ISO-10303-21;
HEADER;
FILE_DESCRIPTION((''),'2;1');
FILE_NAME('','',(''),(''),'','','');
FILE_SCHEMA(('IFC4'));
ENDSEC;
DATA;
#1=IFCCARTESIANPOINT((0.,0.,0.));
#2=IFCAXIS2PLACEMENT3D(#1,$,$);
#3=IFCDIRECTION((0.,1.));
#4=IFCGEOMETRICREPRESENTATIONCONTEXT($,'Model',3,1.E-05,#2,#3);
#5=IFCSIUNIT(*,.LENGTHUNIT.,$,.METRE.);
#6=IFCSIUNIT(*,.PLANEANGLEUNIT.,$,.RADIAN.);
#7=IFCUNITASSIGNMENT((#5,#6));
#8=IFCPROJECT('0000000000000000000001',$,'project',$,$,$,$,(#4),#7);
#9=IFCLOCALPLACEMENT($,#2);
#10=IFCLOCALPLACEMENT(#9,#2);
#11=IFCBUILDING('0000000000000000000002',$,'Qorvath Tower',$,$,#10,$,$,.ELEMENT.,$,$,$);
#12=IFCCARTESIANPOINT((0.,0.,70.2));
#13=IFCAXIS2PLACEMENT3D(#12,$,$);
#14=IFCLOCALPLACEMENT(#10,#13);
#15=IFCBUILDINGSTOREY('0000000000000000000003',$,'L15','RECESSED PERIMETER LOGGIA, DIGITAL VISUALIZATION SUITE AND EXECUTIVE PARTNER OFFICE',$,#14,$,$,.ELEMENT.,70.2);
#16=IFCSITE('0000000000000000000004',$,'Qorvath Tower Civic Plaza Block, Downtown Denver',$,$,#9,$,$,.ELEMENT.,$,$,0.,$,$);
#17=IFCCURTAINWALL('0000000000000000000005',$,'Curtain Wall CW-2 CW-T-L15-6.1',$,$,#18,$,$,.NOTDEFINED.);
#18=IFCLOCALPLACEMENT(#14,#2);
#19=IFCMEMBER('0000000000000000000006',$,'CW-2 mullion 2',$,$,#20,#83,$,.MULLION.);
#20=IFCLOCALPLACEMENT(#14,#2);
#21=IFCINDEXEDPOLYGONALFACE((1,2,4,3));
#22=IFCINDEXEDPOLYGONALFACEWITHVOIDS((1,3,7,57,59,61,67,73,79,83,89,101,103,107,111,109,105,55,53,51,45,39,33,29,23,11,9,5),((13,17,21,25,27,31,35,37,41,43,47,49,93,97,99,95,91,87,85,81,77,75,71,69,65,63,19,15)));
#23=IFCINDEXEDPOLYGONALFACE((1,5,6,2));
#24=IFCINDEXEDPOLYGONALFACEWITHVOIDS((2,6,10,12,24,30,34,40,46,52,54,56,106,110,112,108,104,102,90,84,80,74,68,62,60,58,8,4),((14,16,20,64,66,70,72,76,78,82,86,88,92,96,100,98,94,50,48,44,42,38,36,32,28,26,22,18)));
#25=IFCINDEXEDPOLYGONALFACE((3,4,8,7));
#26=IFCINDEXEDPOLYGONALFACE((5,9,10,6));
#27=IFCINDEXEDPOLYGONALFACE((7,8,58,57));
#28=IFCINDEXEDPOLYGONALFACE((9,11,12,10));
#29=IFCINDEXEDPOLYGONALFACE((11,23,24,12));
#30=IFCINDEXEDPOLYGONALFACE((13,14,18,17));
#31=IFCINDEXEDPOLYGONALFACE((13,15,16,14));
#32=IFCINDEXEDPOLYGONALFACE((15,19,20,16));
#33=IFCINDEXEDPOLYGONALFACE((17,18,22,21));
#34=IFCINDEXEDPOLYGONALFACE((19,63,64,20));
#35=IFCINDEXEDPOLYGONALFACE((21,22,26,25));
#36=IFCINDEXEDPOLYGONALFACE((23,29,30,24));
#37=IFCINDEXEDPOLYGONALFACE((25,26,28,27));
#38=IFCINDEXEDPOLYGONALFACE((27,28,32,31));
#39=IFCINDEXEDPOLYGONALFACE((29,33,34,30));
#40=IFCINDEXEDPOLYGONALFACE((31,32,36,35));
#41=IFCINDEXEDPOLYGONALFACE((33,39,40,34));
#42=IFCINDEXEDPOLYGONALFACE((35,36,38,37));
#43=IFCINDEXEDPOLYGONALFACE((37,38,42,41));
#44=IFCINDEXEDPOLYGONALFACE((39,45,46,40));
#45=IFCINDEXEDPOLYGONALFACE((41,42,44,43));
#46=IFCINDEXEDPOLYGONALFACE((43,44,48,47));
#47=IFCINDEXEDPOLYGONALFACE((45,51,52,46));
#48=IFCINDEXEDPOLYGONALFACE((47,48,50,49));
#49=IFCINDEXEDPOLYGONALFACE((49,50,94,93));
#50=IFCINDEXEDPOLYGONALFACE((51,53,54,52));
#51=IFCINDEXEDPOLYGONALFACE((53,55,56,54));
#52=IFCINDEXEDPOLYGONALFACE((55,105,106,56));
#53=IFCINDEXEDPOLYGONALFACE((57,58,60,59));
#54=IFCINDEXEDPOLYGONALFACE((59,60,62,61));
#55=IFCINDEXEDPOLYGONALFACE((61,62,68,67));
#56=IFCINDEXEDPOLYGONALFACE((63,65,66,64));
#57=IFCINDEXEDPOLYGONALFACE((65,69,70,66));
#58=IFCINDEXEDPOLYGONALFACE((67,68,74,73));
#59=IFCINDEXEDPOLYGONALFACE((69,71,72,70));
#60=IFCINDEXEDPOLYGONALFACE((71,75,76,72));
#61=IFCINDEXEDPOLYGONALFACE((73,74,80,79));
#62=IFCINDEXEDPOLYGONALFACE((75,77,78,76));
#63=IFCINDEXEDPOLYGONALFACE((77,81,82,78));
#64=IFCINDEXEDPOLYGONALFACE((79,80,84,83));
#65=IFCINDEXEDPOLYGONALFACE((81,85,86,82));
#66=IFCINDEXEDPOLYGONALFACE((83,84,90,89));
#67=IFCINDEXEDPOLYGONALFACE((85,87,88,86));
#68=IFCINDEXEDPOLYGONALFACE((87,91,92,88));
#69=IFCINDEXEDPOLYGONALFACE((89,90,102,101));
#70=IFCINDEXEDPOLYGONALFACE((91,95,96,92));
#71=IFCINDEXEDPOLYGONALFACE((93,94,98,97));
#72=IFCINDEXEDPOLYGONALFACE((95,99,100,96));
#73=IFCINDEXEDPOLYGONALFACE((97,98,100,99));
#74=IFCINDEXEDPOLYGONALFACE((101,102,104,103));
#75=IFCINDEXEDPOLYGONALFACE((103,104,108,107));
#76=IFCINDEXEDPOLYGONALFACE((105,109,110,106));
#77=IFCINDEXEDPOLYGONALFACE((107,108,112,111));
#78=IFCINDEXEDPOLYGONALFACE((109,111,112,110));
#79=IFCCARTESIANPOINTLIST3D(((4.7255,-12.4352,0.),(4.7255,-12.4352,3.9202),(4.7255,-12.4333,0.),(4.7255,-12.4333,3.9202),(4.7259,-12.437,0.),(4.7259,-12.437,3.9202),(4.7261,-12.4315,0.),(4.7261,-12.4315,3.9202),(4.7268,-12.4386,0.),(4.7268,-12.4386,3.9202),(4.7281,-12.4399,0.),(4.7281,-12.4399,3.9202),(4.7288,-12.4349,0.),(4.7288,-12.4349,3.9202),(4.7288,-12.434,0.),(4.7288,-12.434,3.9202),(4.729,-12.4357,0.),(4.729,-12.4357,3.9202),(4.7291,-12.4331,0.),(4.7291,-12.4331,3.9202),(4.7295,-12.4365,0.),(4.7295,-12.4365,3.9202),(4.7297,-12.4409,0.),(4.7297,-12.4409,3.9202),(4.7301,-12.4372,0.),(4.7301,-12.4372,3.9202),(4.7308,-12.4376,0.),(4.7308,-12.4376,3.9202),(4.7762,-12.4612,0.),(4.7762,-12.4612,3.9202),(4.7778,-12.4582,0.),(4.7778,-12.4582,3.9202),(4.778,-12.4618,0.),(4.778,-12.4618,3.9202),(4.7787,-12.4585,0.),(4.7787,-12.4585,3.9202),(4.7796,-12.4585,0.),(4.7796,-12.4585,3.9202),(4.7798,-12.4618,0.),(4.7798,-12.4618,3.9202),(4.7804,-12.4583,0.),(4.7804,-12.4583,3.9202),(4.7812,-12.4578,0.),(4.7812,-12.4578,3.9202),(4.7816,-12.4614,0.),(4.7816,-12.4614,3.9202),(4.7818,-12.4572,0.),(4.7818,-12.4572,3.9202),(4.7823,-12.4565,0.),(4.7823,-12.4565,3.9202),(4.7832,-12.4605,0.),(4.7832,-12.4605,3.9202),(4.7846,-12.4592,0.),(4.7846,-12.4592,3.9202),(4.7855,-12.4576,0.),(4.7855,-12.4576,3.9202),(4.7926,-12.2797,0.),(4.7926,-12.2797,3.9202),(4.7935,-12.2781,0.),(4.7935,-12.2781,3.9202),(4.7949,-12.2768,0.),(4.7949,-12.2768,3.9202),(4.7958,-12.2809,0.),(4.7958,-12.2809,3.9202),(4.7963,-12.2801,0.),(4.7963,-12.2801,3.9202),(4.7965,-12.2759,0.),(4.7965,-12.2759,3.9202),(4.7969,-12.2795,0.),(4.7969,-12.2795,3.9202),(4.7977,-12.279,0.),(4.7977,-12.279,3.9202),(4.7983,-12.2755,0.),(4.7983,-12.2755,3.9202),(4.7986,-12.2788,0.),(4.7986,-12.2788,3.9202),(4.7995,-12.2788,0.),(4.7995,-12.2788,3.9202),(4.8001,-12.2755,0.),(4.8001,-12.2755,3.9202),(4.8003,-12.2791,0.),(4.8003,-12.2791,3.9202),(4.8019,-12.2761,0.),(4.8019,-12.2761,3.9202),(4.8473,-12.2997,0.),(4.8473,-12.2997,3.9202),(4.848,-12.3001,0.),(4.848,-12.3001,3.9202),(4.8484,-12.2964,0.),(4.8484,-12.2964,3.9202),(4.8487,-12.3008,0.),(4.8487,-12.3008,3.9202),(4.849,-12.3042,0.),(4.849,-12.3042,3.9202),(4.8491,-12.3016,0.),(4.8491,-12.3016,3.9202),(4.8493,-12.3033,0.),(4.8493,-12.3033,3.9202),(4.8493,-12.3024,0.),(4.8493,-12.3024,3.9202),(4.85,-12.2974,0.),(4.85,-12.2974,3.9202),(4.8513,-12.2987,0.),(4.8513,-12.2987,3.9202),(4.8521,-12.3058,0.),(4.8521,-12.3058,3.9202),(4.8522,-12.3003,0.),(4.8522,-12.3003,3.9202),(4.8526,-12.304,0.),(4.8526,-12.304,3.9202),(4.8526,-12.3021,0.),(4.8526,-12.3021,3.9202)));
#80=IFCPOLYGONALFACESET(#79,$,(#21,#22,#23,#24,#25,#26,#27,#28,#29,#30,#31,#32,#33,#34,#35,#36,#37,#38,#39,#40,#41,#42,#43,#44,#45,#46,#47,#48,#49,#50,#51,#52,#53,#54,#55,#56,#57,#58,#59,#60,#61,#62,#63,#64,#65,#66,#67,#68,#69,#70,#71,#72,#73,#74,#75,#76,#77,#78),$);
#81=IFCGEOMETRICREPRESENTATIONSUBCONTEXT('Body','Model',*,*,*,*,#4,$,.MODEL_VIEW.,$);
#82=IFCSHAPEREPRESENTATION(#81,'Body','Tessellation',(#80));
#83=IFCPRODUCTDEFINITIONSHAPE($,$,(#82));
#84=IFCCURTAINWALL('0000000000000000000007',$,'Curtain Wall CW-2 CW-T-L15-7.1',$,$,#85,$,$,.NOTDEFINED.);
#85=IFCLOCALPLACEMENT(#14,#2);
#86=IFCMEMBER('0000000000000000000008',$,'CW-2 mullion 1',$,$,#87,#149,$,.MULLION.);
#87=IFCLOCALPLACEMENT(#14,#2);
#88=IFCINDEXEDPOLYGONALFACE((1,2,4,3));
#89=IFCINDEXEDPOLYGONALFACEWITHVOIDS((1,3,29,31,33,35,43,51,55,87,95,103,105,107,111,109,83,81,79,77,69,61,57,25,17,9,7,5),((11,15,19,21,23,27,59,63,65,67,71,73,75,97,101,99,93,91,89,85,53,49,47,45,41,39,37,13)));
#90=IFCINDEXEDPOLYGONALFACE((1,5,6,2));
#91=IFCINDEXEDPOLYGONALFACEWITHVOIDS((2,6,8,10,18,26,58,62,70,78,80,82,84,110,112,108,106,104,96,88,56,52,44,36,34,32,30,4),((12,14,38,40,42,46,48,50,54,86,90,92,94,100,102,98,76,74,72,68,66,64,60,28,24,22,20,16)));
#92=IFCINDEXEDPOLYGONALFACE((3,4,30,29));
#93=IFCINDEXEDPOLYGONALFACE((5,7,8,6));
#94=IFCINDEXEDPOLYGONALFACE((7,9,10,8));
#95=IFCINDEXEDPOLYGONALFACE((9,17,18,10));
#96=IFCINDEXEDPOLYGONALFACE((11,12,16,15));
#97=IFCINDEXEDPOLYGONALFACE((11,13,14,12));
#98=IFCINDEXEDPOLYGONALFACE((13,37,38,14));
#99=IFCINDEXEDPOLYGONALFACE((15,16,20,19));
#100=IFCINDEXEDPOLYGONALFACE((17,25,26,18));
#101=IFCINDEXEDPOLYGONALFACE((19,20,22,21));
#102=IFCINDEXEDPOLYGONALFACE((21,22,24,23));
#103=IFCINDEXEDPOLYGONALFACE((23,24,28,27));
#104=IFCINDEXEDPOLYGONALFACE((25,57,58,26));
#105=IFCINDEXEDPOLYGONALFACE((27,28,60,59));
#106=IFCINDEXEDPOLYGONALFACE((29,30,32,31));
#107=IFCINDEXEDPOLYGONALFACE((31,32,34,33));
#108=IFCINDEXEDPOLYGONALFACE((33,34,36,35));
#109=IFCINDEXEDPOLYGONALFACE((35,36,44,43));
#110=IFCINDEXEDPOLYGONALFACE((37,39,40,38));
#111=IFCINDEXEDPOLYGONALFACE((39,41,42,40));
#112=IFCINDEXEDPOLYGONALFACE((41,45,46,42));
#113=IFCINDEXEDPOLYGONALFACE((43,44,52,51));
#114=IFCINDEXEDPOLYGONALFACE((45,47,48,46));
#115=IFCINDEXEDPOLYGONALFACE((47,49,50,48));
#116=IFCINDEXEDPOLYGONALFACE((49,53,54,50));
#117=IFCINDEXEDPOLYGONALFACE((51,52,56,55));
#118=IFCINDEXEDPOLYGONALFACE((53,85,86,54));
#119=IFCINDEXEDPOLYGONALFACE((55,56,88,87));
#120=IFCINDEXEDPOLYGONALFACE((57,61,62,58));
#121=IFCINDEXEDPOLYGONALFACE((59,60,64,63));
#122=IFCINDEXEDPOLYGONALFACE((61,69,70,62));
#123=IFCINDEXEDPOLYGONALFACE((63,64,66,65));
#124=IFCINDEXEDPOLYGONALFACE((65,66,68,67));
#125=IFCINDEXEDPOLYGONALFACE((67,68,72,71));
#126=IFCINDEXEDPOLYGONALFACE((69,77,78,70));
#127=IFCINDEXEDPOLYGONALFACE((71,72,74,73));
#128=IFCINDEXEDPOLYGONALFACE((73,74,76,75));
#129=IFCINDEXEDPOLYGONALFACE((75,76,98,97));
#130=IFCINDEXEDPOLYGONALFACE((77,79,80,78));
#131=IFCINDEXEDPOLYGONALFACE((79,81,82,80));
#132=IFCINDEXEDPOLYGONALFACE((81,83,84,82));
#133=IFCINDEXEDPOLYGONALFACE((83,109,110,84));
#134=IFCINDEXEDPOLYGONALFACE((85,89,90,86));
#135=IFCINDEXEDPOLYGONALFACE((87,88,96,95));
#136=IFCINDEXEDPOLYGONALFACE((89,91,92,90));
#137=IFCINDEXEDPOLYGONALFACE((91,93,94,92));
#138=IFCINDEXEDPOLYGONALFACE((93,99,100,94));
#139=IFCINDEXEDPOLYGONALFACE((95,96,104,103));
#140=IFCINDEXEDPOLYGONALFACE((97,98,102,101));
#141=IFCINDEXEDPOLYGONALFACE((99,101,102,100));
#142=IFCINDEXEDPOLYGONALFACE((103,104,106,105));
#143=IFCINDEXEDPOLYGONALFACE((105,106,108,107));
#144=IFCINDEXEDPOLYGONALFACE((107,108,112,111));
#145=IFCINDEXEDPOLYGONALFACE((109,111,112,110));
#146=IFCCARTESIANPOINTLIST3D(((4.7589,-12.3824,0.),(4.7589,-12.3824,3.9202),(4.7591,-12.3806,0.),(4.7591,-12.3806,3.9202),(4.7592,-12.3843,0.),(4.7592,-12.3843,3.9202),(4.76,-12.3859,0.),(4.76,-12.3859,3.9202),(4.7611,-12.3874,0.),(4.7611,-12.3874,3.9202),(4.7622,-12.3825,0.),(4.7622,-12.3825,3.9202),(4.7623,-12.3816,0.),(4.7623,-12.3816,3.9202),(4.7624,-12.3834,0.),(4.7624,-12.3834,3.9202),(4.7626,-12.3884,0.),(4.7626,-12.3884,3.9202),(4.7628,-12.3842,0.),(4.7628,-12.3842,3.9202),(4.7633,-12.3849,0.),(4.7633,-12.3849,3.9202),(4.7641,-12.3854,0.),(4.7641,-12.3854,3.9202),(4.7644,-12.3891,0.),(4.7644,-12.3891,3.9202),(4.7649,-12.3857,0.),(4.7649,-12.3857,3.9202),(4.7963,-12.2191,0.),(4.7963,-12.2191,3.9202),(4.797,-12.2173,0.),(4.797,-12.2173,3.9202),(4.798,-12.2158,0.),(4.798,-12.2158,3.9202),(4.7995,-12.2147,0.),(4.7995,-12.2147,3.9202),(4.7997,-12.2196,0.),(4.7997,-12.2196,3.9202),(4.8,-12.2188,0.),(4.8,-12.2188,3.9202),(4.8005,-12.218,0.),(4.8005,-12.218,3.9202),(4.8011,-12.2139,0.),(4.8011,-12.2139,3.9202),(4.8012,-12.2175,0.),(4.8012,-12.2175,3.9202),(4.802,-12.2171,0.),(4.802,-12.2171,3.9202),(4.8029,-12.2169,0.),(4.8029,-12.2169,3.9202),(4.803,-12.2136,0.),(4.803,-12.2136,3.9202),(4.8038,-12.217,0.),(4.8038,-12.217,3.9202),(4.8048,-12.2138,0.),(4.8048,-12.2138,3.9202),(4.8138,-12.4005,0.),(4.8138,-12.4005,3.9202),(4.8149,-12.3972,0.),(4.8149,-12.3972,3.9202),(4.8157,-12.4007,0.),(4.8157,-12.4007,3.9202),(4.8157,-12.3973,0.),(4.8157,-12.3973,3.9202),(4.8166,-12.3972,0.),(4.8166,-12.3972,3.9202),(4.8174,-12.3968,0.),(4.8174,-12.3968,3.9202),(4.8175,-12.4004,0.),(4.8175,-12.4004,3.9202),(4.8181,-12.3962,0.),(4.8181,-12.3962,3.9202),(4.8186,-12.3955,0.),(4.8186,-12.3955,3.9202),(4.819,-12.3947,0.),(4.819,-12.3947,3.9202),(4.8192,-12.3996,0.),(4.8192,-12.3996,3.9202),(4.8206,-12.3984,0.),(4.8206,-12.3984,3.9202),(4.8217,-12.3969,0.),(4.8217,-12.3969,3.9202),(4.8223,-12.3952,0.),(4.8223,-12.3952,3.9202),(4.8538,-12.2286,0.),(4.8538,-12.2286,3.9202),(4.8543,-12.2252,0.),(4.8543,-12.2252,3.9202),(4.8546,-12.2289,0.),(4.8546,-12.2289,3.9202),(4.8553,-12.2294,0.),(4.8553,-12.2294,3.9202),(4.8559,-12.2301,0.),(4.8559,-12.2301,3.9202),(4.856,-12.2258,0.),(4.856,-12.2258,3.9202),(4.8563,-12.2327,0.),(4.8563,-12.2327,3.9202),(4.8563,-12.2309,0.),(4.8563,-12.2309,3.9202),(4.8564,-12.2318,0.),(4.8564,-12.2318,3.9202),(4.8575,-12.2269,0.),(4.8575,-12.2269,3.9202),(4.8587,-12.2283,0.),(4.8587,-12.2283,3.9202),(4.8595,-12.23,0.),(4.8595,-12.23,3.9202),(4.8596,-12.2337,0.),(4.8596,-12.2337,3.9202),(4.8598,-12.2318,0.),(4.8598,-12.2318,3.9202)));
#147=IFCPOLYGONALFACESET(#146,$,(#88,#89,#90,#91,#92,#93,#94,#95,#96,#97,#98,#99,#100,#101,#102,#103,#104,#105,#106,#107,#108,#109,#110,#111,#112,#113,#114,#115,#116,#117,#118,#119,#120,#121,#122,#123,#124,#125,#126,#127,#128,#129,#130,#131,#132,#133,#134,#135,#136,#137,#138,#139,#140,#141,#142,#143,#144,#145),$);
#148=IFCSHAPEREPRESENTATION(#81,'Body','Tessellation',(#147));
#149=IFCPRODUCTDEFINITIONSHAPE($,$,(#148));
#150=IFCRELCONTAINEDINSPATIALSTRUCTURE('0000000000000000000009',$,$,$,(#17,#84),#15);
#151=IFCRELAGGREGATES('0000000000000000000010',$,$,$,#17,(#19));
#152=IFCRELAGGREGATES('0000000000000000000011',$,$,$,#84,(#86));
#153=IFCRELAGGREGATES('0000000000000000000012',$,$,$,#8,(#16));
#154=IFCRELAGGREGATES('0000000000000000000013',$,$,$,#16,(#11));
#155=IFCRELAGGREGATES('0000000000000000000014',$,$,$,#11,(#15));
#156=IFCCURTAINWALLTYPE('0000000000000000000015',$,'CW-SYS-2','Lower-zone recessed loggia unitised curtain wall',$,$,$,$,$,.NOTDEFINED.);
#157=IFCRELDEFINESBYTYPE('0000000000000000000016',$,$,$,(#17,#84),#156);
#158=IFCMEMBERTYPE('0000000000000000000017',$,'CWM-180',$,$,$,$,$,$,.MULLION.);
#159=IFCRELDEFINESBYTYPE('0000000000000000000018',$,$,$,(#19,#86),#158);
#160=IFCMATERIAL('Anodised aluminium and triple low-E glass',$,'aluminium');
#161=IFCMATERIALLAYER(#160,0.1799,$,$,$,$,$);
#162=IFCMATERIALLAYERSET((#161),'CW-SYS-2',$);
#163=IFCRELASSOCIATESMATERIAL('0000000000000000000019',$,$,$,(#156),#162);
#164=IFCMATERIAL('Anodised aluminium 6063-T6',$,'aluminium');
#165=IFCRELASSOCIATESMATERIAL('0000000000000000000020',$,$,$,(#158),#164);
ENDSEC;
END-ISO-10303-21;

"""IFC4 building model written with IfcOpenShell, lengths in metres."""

from ifc_helpers import new_model, si_unit, direction, frame, origin, origin_2d, place, context, subcontext, project, spatial, hollow_rectangle, extrude, material, layer, layer_set, material_profile, profile_set, type_object, element, aggregate, save


model = new_model("IFC4")

# Units and contexts
model_context = context("Model", 3, precision=1e-05, world=origin(), true_north=direction((0.0, 1.0)))
body_context = subcontext(model_context, "Body", "Model", "MODEL_VIEW")
ifc_project = project(units=[si_unit("LENGTHUNIT", "METRE"), si_unit("PLANEANGLEUNIT", "RADIAN")], contexts=[model_context])

# Site, building, storey
site_placement = place(None, origin())
site = spatial("IfcSite", under=ifc_project, at=site_placement, Name="Qorvath Tower Civic Plaza Block, Downtown Denver", CompositionType="ELEMENT", RefElevation=0.0)
building_placement = place(site_placement, origin())
building = spatial("IfcBuilding", under=site, at=building_placement, Name="Qorvath Tower", CompositionType="ELEMENT")
storey_placement = place(building_placement, frame((0.0, 0.0, 70.2)))
storey = spatial("IfcBuildingStorey", under=building, at=storey_placement, Name="L15", Description="RECESSED PERIMETER LOGGIA, DIGITAL VISUALIZATION SUITE AND EXECUTIVE PARTNER OFFICE", CompositionType="ELEMENT", Elevation=70.2)

# Curtain wall, member
ifc_material_1 = material(Name="Anodised aluminium and triple low-E glass", Category="aluminium")
ifc_layer_1 = layer(ifc_material_1, 0.1799)
ifc_layer_set_1 = layer_set([ifc_layer_1], Name="CW-SYS-2")
curtain_wall_type = type_object("IfcCurtainWallType", Name="CW-SYS-2", Description="Lower-zone recessed loggia unitised curtain wall", PredefinedType="NOTDEFINED", material=ifc_layer_set_1)
curtain_wall_1_placement = place(storey_placement, origin())
curtain_wall_1 = element("IfcCurtainWall", 1, at=curtain_wall_1_placement, inside=storey, type_object=curtain_wall_type, Name="Curtain Wall CW-2 CW-T-L15-6.1", PredefinedType="NOTDEFINED")
ifc_material_2 = material(Name="Anodised aluminium 6063-T6", Category="aluminium")
ifc_material_profile_1 = material_profile(ifc_material_2, hollow_rectangle(XDim=0.0649, YDim=0.1799, WallThickness=0.0034, InnerFilletRadius=0.0034, OuterFilletRadius=0.0071, at=origin_2d()), Name="CWM 180x65")
ifc_profile_set_1 = profile_set([ifc_material_profile_1], Name="Anodised aluminium 6063-T6")
member_type_1 = type_object("IfcMemberType", Name="CWM-180", PredefinedType="MULLION", material=ifc_profile_set_1)
member_1_placement = place(storey_placement, frame((4.7891, -12.3687, 0.0), z_axis=(0.0, 0.0, 1.0), x_axis=(-0.915926, 0.401348, 0.0)))
member_1 = element("IfcMember", 2, at=member_1_placement, type_object=member_type_1, Name="CW-2 mullion 2", PredefinedType="MULLION", context=body_context, shape_type="SweptSolid", body=[
    extrude(hollow_rectangle(XDim=0.0649, YDim=0.1799, WallThickness=0.0034, InnerFilletRadius=0.0034, OuterFilletRadius=0.0071, at=origin_2d()), origin(), (0.0, 0.0, 1.0), 3.9202),
])

# Curtain wall, member
curtain_wall_2_placement = place(storey_placement, origin())
curtain_wall_2 = element("IfcCurtainWall", 3, at=curtain_wall_2_placement, inside=storey, type_object=curtain_wall_type, Name="Curtain Wall CW-2 CW-T-L15-7.1", PredefinedType="NOTDEFINED")
member_2_placement = place(storey_placement, frame((4.8093, -12.3071, 0.0), z_axis=(0.0, 0.0, 1.0), x_axis=(-0.974413, 0.224763, 0.0)))
member_2 = element("IfcMember", 4, at=member_2_placement, type_object=member_type_1, Name="CW-2 mullion 1", PredefinedType="MULLION", context=body_context, shape_type="SweptSolid", body=[
    extrude(hollow_rectangle(XDim=0.0649, YDim=0.1799, WallThickness=0.0034, InnerFilletRadius=0.0034, OuterFilletRadius=0.0071, at=origin_2d()), origin(), (0.0, 0.0, 1.0), 3.9202),
])

aggregate(curtain_wall_1, [member_1])
aggregate(curtain_wall_2, [member_2])

save(model, "model.ifc")
